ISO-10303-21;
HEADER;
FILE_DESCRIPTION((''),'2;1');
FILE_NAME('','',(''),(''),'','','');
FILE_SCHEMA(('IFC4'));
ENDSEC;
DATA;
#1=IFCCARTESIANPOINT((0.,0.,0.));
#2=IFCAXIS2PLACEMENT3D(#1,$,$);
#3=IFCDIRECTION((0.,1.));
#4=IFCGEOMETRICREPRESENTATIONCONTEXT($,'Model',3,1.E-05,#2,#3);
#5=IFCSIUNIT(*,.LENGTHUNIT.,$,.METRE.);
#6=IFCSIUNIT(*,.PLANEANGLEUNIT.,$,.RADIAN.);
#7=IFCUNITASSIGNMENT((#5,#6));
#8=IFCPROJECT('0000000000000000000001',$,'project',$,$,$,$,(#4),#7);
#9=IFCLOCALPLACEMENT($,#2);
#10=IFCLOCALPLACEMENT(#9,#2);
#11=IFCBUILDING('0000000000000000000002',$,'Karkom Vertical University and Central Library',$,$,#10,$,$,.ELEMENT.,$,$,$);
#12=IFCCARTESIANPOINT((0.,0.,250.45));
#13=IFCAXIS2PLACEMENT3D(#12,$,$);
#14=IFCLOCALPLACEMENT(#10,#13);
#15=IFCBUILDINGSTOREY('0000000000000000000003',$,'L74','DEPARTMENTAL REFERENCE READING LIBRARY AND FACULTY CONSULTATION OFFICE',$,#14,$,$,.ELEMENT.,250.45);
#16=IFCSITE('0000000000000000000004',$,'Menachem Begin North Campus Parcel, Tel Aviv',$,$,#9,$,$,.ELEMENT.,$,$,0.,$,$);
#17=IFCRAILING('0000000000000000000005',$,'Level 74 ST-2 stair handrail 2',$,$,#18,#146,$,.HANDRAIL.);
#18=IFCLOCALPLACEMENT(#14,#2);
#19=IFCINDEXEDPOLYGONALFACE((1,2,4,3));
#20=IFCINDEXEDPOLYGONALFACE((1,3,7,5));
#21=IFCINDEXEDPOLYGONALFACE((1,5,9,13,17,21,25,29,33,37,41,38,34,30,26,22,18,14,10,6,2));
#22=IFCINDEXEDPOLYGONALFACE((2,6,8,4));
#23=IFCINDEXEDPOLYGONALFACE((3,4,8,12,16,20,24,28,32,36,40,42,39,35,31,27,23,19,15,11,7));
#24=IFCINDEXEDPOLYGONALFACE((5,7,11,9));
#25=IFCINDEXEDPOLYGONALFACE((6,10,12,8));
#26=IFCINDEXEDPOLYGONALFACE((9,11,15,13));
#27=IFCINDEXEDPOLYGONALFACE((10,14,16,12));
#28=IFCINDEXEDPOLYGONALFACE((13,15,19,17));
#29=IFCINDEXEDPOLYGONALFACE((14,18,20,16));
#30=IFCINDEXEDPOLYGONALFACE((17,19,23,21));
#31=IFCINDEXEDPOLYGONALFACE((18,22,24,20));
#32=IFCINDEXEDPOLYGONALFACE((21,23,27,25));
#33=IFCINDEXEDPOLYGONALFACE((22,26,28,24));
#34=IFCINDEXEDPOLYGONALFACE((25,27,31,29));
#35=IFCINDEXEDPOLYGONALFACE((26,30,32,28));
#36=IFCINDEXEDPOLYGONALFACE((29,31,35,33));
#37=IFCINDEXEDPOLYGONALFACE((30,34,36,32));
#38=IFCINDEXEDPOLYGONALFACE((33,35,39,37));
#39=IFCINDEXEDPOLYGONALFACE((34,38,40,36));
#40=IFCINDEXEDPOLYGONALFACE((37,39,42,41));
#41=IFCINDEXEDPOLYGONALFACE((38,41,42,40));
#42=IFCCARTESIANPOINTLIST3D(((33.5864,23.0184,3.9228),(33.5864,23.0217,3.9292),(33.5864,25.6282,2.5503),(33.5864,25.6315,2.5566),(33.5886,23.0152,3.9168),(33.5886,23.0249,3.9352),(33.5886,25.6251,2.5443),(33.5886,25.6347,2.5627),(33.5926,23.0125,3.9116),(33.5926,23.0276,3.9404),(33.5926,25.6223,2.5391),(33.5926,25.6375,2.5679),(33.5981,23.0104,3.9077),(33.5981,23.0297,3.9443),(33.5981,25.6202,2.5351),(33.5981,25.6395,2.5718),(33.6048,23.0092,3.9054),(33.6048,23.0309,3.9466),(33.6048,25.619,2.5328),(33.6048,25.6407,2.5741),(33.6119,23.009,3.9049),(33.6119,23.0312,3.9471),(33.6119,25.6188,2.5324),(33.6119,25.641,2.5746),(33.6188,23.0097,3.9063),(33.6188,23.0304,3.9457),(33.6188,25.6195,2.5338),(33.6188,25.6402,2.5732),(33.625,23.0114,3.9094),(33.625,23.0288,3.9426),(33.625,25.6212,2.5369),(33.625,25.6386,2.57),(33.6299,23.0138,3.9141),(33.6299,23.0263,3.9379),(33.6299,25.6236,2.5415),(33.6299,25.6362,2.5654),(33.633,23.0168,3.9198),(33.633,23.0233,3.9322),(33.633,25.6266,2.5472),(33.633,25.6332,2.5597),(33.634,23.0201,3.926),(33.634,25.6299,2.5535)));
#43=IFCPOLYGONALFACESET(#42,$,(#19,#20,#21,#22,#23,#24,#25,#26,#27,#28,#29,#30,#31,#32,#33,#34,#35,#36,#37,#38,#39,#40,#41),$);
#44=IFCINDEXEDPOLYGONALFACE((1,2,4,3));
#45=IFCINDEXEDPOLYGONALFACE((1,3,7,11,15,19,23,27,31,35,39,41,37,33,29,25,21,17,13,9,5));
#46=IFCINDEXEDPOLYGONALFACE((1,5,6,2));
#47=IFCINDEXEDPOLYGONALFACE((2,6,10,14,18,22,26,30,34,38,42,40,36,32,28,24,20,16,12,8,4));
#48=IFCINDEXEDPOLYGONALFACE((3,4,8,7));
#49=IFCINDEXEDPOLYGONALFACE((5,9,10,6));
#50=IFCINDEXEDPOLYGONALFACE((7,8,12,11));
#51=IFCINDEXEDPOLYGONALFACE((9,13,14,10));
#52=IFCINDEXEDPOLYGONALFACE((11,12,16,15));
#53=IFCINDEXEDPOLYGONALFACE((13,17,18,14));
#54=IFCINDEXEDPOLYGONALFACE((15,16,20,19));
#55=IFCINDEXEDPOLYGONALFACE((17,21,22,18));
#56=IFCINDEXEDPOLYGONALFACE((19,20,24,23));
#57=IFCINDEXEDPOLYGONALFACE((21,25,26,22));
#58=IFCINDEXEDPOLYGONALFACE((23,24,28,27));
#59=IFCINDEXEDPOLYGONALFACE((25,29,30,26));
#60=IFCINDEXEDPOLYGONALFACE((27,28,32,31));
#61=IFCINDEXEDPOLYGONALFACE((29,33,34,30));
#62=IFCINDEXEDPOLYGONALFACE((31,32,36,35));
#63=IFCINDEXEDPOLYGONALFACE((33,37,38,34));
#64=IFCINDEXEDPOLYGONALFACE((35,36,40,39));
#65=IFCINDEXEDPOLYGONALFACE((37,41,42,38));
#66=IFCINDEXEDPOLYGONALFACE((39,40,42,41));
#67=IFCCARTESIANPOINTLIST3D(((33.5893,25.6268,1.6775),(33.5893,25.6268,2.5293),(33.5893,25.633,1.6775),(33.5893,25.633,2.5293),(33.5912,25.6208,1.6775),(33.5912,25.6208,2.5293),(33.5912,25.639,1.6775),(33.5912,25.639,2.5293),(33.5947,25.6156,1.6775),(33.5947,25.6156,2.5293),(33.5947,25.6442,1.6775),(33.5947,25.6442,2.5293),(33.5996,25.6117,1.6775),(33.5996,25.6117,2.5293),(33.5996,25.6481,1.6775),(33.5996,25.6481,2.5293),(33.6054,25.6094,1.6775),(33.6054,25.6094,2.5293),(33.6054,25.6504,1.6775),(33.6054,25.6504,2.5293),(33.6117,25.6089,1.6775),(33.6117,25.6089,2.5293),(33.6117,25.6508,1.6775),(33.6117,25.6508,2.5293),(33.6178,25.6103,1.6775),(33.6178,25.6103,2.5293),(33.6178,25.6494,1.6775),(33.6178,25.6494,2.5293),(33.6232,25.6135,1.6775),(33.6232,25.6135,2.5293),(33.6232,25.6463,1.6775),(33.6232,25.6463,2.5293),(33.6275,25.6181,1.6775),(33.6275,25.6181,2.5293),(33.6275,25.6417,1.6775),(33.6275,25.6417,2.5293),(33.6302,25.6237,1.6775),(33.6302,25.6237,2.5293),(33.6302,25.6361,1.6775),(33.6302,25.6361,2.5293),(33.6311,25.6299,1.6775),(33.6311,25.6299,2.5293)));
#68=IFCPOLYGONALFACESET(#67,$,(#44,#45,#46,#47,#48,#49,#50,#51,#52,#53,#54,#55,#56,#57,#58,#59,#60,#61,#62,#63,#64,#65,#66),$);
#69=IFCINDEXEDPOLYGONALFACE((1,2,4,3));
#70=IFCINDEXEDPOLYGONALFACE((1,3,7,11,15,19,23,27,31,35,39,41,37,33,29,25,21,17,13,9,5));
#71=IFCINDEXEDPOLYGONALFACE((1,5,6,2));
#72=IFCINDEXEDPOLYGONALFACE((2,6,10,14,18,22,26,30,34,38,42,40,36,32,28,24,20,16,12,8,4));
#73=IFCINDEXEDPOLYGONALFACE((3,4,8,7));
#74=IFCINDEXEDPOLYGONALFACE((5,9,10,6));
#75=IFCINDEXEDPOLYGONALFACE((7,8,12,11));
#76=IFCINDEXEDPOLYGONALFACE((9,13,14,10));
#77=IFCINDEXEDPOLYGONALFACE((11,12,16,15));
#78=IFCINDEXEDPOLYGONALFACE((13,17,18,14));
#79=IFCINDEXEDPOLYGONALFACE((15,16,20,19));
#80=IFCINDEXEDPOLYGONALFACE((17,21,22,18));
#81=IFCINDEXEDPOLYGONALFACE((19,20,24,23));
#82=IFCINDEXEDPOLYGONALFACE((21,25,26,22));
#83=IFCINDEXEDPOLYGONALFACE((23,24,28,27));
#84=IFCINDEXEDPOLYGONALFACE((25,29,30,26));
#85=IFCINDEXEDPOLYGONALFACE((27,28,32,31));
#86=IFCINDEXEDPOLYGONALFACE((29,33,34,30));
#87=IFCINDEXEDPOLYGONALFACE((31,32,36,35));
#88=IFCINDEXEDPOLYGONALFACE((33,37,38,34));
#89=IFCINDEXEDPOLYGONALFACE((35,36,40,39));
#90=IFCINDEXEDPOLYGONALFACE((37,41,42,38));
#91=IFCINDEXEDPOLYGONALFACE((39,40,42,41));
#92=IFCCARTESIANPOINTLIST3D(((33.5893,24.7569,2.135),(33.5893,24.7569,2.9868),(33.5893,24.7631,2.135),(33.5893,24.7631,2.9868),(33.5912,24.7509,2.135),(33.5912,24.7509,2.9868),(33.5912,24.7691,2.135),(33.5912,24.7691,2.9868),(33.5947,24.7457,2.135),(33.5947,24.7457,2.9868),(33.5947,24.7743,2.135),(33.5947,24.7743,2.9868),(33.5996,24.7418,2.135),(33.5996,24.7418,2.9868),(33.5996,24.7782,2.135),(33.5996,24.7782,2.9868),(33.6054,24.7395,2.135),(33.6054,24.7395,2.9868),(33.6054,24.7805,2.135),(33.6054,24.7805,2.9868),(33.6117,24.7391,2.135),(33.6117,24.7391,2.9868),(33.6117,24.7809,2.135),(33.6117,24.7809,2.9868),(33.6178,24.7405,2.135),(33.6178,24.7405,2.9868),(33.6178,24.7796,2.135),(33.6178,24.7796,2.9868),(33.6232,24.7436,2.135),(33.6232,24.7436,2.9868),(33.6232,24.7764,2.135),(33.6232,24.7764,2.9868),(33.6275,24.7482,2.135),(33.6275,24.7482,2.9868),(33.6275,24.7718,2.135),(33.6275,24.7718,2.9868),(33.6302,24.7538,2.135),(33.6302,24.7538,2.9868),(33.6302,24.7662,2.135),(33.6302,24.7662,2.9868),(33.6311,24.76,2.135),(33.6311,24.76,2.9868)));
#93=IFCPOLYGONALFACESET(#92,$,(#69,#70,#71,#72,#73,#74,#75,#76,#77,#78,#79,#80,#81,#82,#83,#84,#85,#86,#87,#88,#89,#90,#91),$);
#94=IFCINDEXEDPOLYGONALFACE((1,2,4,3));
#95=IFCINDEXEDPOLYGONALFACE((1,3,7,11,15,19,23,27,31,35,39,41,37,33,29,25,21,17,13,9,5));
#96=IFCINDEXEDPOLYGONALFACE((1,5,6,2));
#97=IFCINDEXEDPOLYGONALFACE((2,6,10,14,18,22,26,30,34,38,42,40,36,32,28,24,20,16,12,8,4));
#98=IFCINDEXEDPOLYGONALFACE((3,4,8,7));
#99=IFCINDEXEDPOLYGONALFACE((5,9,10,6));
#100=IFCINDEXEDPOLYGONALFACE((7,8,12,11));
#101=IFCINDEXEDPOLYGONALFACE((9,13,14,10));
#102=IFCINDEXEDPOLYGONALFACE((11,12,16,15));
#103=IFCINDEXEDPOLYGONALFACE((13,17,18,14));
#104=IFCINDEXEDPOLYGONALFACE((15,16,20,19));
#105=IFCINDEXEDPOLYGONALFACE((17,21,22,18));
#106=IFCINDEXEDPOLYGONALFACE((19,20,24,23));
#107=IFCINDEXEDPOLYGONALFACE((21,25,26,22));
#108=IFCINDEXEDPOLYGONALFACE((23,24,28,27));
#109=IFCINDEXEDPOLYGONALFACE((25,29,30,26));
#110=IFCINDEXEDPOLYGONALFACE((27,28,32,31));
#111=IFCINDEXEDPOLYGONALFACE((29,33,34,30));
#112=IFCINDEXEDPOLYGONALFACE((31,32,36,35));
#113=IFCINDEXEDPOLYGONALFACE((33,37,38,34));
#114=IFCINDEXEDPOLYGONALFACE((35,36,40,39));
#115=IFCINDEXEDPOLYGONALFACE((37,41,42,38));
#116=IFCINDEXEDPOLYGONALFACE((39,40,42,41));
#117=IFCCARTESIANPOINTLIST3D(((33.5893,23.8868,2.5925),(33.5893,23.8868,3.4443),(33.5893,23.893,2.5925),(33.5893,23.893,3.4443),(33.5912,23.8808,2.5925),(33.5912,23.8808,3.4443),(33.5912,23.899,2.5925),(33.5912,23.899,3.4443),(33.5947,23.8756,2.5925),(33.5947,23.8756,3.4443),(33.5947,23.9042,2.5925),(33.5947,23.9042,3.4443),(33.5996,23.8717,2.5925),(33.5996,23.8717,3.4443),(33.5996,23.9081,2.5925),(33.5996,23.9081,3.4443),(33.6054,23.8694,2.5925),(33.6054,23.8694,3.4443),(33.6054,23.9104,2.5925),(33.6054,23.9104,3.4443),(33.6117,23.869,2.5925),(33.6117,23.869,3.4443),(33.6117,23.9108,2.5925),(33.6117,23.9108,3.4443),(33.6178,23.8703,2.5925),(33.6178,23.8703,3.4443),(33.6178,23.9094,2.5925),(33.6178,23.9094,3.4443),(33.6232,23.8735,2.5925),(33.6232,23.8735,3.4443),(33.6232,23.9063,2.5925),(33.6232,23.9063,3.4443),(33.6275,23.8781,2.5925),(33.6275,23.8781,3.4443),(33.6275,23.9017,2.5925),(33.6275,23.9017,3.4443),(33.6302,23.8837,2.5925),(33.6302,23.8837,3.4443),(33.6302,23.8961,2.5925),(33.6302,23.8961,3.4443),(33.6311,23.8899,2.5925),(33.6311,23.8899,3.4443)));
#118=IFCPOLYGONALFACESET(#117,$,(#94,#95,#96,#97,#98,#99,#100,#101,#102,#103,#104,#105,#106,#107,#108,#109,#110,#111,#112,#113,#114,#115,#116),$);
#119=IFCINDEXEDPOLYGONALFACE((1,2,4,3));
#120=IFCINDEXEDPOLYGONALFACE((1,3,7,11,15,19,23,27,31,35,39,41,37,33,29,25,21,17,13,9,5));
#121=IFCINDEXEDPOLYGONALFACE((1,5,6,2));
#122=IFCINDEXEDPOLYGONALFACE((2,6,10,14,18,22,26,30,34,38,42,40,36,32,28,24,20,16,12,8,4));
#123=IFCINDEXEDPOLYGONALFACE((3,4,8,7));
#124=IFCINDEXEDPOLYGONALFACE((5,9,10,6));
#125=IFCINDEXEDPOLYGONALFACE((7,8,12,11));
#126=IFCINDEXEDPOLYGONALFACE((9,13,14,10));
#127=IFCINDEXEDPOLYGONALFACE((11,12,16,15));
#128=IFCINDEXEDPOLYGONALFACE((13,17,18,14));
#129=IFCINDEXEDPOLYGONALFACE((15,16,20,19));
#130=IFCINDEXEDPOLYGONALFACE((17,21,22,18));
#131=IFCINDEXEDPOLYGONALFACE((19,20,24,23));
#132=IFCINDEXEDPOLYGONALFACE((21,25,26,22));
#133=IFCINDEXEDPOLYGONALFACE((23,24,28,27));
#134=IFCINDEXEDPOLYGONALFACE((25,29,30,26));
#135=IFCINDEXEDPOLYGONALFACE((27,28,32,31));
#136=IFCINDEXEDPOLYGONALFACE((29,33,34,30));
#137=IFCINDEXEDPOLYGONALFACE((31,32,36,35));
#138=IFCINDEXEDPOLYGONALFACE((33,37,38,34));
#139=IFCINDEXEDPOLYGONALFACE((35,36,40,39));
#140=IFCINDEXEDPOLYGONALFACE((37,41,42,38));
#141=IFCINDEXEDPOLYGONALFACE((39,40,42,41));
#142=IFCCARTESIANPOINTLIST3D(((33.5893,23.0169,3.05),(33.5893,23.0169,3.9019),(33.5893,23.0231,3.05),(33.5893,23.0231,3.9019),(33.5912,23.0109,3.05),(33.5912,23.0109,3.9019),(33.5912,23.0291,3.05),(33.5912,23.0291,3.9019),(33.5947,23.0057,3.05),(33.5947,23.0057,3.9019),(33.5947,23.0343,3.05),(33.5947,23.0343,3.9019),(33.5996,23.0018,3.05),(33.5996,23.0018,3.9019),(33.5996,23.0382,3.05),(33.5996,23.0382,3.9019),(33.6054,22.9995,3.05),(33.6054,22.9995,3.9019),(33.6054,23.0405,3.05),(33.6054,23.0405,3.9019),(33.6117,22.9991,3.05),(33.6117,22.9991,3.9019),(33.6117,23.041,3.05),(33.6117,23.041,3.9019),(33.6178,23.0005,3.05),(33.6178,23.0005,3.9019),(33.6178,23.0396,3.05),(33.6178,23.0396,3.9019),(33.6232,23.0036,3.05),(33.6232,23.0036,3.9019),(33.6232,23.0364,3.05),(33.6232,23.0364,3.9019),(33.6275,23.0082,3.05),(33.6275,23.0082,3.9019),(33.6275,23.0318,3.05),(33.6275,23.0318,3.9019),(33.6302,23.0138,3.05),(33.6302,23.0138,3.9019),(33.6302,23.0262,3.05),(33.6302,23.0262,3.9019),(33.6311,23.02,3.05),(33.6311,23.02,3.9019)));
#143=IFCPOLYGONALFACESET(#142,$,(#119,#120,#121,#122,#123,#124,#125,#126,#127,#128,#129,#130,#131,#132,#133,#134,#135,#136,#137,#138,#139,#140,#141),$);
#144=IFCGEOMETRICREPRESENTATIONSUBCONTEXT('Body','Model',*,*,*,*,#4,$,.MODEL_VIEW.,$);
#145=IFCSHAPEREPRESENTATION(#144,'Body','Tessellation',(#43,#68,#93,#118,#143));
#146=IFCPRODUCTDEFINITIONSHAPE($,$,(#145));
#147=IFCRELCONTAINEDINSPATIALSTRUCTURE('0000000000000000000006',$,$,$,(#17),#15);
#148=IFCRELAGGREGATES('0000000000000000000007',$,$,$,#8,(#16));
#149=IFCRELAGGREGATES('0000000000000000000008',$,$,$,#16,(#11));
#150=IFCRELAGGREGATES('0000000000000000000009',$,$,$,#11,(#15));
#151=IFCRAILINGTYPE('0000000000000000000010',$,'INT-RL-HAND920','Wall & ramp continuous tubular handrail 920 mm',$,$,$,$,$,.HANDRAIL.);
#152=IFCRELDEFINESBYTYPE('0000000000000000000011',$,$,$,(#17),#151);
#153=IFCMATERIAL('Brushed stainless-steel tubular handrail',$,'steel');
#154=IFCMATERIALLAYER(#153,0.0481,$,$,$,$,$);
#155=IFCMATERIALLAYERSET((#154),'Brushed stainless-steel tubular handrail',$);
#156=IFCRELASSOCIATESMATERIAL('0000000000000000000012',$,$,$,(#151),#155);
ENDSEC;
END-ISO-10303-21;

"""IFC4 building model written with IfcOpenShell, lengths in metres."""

from ifc_helpers import new_model, si_unit, direction, frame, origin, origin_2d, place, context, subcontext, project, spatial, circle, extrude, material, layer, layer_set, type_object, element, save


model = new_model("IFC4")

# Units and contexts
model_context = context("Model", 3, precision=1e-05, world=origin(), true_north=direction((0.0, 1.0)))
body_context = subcontext(model_context, "Body", "Model", "MODEL_VIEW")
ifc_project = project(units=[si_unit("LENGTHUNIT", "METRE"), si_unit("PLANEANGLEUNIT", "RADIAN")], contexts=[model_context])

# Site, building, storey
site_placement = place(None, origin())
site = spatial("IfcSite", under=ifc_project, at=site_placement, Name="Menachem Begin North Campus Parcel, Tel Aviv", CompositionType="ELEMENT", RefElevation=0.0)
building_placement = place(site_placement, origin())
building = spatial("IfcBuilding", under=site, at=building_placement, Name="Karkom Vertical University and Central Library", CompositionType="ELEMENT")
storey_placement = place(building_placement, frame((0.0, 0.0, 250.45)))
storey = spatial("IfcBuildingStorey", under=building, at=storey_placement, Name="L74", Description="DEPARTMENTAL REFERENCE READING LIBRARY AND FACULTY CONSULTATION OFFICE", CompositionType="ELEMENT", Elevation=250.45)

# Railing
ifc_material_1 = material(Name="Brushed stainless-steel tubular handrail", Category="steel")
ifc_layer_1 = layer(ifc_material_1, 0.0481)
ifc_layer_set_1 = layer_set([ifc_layer_1], Name="Brushed stainless-steel tubular handrail")
railing_type = type_object("IfcRailingType", Name="INT-RL-HAND920", Description="Wall & ramp continuous tubular handrail 920 mm", PredefinedType="HANDRAIL", material=ifc_layer_set_1)
railing_placement = place(storey_placement, frame((33.6101, 25.6299, 1.6775)))
element("IfcRailing", 1, at=railing_placement, inside=storey, type_object=railing_type, Name="Level 74 ST-2 stair handrail 2", PredefinedType="HANDRAIL", context=body_context, shape_type="SweptSolid", body=[
    extrude(circle(Radius=0.0239, at=origin_2d()), frame((0.0, 0.0, 0.876), z_axis=(0.0, -0.885065, 0.465467), x_axis=(1.0, 0.0, 0.0)), (0.0, 0.0, 1.0), 2.9487),
    extrude(circle(Radius=0.021, at=origin_2d()), origin(), (0.0, 0.0, 1.0), 0.8518),
    extrude(circle(Radius=0.021, at=origin_2d()), frame((0.0, -0.8699, 0.4575)), (0.0, 0.0, 1.0), 0.8518),
    extrude(circle(Radius=0.021, at=origin_2d()), frame((0.0, -1.74, 0.915)), (0.0, 0.0, 1.0), 0.8518),
    extrude(circle(Radius=0.021, at=origin_2d()), frame((0.0, -2.6099, 1.3726)), (0.0, 0.0, 1.0), 0.8518),
])

save(model, "model.ifc")
